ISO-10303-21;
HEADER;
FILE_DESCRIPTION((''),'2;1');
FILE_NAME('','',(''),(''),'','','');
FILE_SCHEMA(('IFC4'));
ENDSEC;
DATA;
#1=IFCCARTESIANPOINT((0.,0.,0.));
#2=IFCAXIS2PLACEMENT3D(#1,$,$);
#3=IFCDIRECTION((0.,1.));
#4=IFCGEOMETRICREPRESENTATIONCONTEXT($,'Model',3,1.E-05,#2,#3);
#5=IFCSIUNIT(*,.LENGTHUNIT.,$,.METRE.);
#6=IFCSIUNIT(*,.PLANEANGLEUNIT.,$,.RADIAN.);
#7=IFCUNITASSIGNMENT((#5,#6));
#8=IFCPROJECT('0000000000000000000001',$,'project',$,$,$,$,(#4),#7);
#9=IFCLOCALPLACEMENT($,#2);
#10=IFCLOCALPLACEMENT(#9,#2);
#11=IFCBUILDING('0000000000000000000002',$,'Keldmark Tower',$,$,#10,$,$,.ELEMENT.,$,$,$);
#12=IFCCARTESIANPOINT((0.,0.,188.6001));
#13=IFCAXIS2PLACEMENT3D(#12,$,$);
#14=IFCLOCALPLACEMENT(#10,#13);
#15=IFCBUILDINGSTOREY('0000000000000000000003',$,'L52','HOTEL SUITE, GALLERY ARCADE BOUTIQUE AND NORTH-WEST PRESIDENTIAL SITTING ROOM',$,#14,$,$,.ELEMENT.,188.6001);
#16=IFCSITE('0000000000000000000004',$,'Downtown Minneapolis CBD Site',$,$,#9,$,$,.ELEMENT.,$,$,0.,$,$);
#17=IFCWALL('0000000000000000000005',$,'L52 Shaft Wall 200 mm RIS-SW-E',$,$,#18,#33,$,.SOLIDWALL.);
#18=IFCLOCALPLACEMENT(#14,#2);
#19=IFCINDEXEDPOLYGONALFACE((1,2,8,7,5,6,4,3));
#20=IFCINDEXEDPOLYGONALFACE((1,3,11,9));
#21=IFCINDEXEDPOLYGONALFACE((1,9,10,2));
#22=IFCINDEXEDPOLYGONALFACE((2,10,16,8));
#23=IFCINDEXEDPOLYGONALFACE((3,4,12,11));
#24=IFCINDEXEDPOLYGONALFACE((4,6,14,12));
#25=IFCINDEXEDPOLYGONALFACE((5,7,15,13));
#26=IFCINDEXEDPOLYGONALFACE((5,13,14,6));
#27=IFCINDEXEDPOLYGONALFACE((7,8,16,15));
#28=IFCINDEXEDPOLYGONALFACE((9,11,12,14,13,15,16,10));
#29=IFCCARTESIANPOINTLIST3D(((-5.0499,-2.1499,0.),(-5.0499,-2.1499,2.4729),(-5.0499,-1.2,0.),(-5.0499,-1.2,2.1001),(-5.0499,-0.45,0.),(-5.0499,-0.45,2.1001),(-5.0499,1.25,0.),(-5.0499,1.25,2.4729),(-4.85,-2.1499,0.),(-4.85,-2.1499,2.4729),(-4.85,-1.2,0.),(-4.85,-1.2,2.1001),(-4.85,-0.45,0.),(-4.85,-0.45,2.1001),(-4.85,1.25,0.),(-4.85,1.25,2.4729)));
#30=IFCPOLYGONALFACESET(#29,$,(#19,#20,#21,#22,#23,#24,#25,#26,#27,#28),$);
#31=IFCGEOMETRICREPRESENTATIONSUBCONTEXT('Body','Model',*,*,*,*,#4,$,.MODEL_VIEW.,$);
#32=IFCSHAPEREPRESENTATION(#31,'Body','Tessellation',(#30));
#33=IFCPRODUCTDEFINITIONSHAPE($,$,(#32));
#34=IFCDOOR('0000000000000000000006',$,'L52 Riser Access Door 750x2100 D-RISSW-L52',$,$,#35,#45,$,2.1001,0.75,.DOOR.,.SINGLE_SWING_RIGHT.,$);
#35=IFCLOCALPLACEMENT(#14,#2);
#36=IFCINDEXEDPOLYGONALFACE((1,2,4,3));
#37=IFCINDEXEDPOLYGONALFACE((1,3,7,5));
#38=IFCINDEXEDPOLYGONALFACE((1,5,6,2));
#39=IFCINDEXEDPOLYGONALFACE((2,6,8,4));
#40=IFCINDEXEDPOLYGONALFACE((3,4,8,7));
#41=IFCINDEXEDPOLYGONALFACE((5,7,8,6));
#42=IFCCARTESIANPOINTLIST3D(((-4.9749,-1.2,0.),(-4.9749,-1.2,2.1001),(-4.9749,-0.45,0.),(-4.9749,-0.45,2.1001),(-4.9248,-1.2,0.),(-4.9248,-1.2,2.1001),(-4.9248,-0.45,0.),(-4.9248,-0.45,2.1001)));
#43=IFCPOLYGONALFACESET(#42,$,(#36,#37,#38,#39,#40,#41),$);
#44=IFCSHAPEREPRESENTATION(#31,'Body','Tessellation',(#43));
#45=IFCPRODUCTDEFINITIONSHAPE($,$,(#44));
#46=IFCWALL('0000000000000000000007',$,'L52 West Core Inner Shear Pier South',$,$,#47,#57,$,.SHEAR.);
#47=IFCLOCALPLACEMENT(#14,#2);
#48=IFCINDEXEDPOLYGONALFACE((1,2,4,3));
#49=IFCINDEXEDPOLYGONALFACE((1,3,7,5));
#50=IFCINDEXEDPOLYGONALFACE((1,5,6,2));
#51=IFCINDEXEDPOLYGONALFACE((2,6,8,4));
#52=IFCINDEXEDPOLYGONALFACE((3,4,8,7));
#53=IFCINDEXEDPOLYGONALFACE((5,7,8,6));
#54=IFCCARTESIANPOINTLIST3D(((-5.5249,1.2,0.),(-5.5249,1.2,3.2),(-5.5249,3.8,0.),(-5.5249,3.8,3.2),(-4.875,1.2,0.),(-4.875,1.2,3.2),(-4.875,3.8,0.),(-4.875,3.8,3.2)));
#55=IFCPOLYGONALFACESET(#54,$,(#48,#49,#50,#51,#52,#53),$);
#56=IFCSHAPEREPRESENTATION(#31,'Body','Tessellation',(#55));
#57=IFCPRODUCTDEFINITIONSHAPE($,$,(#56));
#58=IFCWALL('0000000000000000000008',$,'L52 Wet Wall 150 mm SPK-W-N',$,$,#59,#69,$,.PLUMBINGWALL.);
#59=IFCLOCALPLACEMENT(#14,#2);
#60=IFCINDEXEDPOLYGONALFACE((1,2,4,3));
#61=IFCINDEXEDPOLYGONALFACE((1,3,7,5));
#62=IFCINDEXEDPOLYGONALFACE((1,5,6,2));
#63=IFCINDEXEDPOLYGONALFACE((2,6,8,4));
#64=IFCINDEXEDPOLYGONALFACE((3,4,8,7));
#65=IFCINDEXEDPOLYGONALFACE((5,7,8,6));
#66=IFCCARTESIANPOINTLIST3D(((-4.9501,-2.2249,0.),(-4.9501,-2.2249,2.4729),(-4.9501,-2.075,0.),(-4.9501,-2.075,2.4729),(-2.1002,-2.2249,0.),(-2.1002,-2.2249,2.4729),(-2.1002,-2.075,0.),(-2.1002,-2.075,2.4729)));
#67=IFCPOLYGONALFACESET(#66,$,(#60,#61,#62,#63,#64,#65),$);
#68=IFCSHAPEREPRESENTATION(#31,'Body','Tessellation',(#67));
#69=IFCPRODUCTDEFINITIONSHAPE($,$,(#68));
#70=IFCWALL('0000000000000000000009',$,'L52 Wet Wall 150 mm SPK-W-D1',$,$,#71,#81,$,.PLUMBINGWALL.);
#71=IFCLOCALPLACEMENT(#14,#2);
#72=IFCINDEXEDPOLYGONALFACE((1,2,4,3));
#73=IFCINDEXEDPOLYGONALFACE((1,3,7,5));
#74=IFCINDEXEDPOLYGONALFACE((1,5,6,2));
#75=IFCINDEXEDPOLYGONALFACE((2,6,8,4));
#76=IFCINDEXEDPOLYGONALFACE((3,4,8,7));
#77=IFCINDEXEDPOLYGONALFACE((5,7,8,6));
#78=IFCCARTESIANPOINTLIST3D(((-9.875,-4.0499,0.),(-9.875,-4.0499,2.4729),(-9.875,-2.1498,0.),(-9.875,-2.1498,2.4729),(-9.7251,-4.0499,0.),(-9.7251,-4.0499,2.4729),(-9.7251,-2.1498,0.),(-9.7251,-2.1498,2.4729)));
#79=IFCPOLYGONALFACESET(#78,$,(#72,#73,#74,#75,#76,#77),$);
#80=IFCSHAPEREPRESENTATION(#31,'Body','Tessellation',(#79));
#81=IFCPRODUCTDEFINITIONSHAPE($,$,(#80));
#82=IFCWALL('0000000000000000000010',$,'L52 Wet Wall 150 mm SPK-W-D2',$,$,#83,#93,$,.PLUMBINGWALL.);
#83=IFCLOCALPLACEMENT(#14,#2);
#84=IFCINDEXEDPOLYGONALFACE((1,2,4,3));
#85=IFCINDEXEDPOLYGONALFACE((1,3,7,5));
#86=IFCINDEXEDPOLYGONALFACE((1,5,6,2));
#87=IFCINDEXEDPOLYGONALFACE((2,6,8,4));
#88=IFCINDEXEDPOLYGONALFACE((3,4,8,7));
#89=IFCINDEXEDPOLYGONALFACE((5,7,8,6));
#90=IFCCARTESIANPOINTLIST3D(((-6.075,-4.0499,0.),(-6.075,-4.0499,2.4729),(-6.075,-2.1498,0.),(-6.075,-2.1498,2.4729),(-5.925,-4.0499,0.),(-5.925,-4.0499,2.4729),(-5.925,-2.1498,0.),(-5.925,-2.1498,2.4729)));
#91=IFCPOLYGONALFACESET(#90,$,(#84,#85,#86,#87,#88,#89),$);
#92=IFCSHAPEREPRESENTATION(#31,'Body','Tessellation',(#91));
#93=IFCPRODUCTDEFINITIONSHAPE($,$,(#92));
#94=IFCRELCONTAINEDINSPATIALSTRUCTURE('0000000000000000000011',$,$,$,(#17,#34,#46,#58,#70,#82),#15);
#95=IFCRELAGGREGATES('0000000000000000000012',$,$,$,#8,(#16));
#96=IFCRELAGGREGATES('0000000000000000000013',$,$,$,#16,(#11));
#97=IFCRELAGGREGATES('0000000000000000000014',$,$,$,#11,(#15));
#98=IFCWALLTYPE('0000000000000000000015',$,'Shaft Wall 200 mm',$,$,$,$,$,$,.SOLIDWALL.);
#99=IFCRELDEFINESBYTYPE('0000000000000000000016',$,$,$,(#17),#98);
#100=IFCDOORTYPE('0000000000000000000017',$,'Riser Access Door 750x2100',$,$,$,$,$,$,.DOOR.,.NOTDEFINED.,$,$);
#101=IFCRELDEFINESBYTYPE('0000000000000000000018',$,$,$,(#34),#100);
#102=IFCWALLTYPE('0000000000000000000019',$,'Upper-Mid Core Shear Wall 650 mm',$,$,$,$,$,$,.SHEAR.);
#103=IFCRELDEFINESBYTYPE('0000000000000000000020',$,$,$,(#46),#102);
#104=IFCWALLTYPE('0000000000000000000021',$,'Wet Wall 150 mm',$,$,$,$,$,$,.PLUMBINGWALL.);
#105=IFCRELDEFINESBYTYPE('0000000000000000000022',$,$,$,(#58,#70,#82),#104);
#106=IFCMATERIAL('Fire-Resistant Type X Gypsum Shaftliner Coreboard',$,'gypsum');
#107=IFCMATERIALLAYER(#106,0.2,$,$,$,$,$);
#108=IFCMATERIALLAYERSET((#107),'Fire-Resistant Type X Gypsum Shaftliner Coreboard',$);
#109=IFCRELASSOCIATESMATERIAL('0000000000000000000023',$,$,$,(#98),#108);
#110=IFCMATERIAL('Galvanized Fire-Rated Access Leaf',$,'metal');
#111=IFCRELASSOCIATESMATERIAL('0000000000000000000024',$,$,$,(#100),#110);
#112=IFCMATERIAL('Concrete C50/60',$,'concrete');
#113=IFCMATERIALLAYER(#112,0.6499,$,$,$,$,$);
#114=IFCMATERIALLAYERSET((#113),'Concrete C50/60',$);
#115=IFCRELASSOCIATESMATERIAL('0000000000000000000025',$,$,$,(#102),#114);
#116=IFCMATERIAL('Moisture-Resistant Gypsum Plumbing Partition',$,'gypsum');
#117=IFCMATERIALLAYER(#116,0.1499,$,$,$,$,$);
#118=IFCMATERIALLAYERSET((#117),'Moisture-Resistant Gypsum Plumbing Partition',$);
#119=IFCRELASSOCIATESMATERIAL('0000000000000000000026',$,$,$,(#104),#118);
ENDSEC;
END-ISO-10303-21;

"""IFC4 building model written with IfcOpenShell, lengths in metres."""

from ifc_helpers import new_model, si_unit, direction, frame, frame_2d, origin, place, context, subcontext, project, spatial, rectangle, extrude, material, layer, layer_set, type_object, element, fill, save


model = new_model("IFC4")

# Units and contexts
model_context = context("Model", 3, precision=1e-05, world=origin(), true_north=direction((0.0, 1.0)))
body_context = subcontext(model_context, "Body", "Model", "MODEL_VIEW")
ifc_project = project(units=[si_unit("LENGTHUNIT", "METRE"), si_unit("PLANEANGLEUNIT", "RADIAN")], contexts=[model_context])

# Site, building, storey
site_placement = place(None, origin())
site = spatial("IfcSite", under=ifc_project, at=site_placement, Name="Downtown Minneapolis CBD Site", CompositionType="ELEMENT", RefElevation=0.0)
building_placement = place(site_placement, origin())
building = spatial("IfcBuilding", under=site, at=building_placement, Name="Keldmark Tower", CompositionType="ELEMENT")
storey_placement = place(building_placement, frame((0.0, 0.0, 188.6001)))
storey = spatial("IfcBuildingStorey", under=building, at=storey_placement, Name="L52", Description="HOTEL SUITE, GALLERY ARCADE BOUTIQUE AND NORTH-WEST PRESIDENTIAL SITTING ROOM", CompositionType="ELEMENT", Elevation=188.6001)

# Shared definitions
ifc_material_1 = material(Name="Fire-Resistant Type X Gypsum Shaftliner Coreboard", Category="gypsum")
ifc_layer_1 = layer(ifc_material_1, 0.2)
ifc_layer_set_1 = layer_set([ifc_layer_1], Name="Fire-Resistant Type X Gypsum Shaftliner Coreboard")
wall_type_1 = type_object("IfcWallType", Name="Shaft Wall 200 mm", PredefinedType="SOLIDWALL", material=ifc_layer_set_1)

# Wall, opening, door
wall_1_placement = place(storey_placement, frame((-4.95, -2.1499, 0.0), z_axis=(0.0, 0.0, 1.0), x_axis=(0.0, 1.0, 0.0)))
wall_1 = element("IfcWall", 1, at=wall_1_placement, inside=storey, type_object=wall_type_1, Name="L52 Shaft Wall 200 mm RIS-SW-E", PredefinedType="SOLIDWALL", context=body_context, shape_type="SweptSolid", body=[
    extrude(rectangle(XDim=3.3999, YDim=0.2, at=frame_2d((1.7, 0.0))), origin(), (0.0, 0.0, 1.0), 2.4729),
])
opening_1_placement = place(wall_1_placement, frame((0.95, 0.0, 0.0)))
opening_1 = element("IfcOpeningElement", 2, at=opening_1_placement, cuts=wall_1, PredefinedType="OPENING", context=body_context, shape_type="SweptSolid", body=[
    extrude(rectangle(XDim=0.75, YDim=2.1001, at=frame_2d((0.375, 1.05))), frame((0.0, 0.1099, 0.0), z_axis=(0.0, -1.0, 0.0), x_axis=(1.0, 0.0, 0.0)), (0.0, 0.0, 1.0), 0.22),
])
ifc_material_2 = material(Name="Galvanized Fire-Rated Access Leaf", Category="metal")
door_type_1 = type_object("IfcDoorType", Name="Riser Access Door 750x2100", OperationType="NOTDEFINED", PredefinedType="DOOR", material=ifc_material_2)
door_1_placement = place(opening_1_placement, origin())
door_1 = element("IfcDoor", 3, at=door_1_placement, inside=storey, type_object=door_type_1, Name="L52 Riser Access Door 750x2100 D-RISSW-L52", OperationType="SINGLE_SWING_RIGHT", OverallHeight=2.1001, OverallWidth=0.75, PredefinedType="DOOR", context=body_context, shape_type="SweptSolid", body=[
    extrude(rectangle(XDim=0.75, YDim=2.1001, at=frame_2d((0.375, 1.05))), frame((0.0, 0.0249, 0.0), z_axis=(0.0, -1.0, 0.0), x_axis=(1.0, 0.0, 0.0)), (0.0, 0.0, 1.0), 0.05),
])
fill(opening_1, door_1)

# Walls
ifc_material_3 = material(Name="Concrete C50/60", Category="concrete")
ifc_layer_2 = layer(ifc_material_3, 0.6499)
ifc_layer_set_2 = layer_set([ifc_layer_2], Name="Concrete C50/60")
wall_type_2 = type_object("IfcWallType", Name="Upper-Mid Core Shear Wall 650 mm", PredefinedType="SHEAR", material=ifc_layer_set_2)
wall_2_placement = place(storey_placement, frame((-5.2, 1.2, 0.0), z_axis=(0.0, 0.0, 1.0), x_axis=(0.0, 1.0, 0.0)))
element("IfcWall", 4, at=wall_2_placement, inside=storey, type_object=wall_type_2, Name="L52 West Core Inner Shear Pier South", PredefinedType="SHEAR", context=body_context, shape_type="SweptSolid", body=[
    extrude(rectangle(XDim=2.6001, YDim=0.6499, at=frame_2d((1.3, 0.0))), origin(), (0.0, 0.0, 1.0), 3.2),
])
ifc_material_4 = material(Name="Moisture-Resistant Gypsum Plumbing Partition", Category="gypsum")
ifc_layer_3 = layer(ifc_material_4, 0.1499)
ifc_layer_set_3 = layer_set([ifc_layer_3], Name="Moisture-Resistant Gypsum Plumbing Partition")
wall_type_3 = type_object("IfcWallType", Name="Wet Wall 150 mm", PredefinedType="PLUMBINGWALL", material=ifc_layer_set_3)
wall_3_placement = place(storey_placement, frame((-4.95, -2.1499, 0.0), z_axis=(0.0, 0.0, 1.0), x_axis=(1.0, 0.0, 0.0)))
element("IfcWall", 5, at=wall_3_placement, inside=storey, type_object=wall_type_3, Name="L52 Wet Wall 150 mm SPK-W-N", PredefinedType="PLUMBINGWALL", context=body_context, shape_type="SweptSolid", body=[
    extrude(rectangle(XDim=2.8499, YDim=0.1499, at=frame_2d((1.4248, 0.0))), origin(), (0.0, 0.0, 1.0), 2.4729),
])
for number, where, z_axis, x_axis, name in (
    (6, (-9.8, -4.05, 0.0), (0.0, 0.0, 1.0), (0.0, 1.0, 0.0), "L52 Wet Wall 150 mm SPK-W-D1"),
    (7, (-6.0, -4.05, 0.0), (0.0, 0.0, 1.0), (0.0, 1.0, 0.0), "L52 Wet Wall 150 mm SPK-W-D2"),
):
    element("IfcWall", number, at=place(storey_placement, frame(where, z_axis=z_axis, x_axis=x_axis)), inside=storey, type_object=wall_type_3, Name=name, PredefinedType="PLUMBINGWALL", context=body_context, shape_type="SweptSolid", body=[
        extrude(rectangle(XDim=1.9001, YDim=0.1499, at=frame_2d((0.9502, 0.0))), origin(), (0.0, 0.0, 1.0), 2.4729),
    ])

save(model, "model.ifc")
